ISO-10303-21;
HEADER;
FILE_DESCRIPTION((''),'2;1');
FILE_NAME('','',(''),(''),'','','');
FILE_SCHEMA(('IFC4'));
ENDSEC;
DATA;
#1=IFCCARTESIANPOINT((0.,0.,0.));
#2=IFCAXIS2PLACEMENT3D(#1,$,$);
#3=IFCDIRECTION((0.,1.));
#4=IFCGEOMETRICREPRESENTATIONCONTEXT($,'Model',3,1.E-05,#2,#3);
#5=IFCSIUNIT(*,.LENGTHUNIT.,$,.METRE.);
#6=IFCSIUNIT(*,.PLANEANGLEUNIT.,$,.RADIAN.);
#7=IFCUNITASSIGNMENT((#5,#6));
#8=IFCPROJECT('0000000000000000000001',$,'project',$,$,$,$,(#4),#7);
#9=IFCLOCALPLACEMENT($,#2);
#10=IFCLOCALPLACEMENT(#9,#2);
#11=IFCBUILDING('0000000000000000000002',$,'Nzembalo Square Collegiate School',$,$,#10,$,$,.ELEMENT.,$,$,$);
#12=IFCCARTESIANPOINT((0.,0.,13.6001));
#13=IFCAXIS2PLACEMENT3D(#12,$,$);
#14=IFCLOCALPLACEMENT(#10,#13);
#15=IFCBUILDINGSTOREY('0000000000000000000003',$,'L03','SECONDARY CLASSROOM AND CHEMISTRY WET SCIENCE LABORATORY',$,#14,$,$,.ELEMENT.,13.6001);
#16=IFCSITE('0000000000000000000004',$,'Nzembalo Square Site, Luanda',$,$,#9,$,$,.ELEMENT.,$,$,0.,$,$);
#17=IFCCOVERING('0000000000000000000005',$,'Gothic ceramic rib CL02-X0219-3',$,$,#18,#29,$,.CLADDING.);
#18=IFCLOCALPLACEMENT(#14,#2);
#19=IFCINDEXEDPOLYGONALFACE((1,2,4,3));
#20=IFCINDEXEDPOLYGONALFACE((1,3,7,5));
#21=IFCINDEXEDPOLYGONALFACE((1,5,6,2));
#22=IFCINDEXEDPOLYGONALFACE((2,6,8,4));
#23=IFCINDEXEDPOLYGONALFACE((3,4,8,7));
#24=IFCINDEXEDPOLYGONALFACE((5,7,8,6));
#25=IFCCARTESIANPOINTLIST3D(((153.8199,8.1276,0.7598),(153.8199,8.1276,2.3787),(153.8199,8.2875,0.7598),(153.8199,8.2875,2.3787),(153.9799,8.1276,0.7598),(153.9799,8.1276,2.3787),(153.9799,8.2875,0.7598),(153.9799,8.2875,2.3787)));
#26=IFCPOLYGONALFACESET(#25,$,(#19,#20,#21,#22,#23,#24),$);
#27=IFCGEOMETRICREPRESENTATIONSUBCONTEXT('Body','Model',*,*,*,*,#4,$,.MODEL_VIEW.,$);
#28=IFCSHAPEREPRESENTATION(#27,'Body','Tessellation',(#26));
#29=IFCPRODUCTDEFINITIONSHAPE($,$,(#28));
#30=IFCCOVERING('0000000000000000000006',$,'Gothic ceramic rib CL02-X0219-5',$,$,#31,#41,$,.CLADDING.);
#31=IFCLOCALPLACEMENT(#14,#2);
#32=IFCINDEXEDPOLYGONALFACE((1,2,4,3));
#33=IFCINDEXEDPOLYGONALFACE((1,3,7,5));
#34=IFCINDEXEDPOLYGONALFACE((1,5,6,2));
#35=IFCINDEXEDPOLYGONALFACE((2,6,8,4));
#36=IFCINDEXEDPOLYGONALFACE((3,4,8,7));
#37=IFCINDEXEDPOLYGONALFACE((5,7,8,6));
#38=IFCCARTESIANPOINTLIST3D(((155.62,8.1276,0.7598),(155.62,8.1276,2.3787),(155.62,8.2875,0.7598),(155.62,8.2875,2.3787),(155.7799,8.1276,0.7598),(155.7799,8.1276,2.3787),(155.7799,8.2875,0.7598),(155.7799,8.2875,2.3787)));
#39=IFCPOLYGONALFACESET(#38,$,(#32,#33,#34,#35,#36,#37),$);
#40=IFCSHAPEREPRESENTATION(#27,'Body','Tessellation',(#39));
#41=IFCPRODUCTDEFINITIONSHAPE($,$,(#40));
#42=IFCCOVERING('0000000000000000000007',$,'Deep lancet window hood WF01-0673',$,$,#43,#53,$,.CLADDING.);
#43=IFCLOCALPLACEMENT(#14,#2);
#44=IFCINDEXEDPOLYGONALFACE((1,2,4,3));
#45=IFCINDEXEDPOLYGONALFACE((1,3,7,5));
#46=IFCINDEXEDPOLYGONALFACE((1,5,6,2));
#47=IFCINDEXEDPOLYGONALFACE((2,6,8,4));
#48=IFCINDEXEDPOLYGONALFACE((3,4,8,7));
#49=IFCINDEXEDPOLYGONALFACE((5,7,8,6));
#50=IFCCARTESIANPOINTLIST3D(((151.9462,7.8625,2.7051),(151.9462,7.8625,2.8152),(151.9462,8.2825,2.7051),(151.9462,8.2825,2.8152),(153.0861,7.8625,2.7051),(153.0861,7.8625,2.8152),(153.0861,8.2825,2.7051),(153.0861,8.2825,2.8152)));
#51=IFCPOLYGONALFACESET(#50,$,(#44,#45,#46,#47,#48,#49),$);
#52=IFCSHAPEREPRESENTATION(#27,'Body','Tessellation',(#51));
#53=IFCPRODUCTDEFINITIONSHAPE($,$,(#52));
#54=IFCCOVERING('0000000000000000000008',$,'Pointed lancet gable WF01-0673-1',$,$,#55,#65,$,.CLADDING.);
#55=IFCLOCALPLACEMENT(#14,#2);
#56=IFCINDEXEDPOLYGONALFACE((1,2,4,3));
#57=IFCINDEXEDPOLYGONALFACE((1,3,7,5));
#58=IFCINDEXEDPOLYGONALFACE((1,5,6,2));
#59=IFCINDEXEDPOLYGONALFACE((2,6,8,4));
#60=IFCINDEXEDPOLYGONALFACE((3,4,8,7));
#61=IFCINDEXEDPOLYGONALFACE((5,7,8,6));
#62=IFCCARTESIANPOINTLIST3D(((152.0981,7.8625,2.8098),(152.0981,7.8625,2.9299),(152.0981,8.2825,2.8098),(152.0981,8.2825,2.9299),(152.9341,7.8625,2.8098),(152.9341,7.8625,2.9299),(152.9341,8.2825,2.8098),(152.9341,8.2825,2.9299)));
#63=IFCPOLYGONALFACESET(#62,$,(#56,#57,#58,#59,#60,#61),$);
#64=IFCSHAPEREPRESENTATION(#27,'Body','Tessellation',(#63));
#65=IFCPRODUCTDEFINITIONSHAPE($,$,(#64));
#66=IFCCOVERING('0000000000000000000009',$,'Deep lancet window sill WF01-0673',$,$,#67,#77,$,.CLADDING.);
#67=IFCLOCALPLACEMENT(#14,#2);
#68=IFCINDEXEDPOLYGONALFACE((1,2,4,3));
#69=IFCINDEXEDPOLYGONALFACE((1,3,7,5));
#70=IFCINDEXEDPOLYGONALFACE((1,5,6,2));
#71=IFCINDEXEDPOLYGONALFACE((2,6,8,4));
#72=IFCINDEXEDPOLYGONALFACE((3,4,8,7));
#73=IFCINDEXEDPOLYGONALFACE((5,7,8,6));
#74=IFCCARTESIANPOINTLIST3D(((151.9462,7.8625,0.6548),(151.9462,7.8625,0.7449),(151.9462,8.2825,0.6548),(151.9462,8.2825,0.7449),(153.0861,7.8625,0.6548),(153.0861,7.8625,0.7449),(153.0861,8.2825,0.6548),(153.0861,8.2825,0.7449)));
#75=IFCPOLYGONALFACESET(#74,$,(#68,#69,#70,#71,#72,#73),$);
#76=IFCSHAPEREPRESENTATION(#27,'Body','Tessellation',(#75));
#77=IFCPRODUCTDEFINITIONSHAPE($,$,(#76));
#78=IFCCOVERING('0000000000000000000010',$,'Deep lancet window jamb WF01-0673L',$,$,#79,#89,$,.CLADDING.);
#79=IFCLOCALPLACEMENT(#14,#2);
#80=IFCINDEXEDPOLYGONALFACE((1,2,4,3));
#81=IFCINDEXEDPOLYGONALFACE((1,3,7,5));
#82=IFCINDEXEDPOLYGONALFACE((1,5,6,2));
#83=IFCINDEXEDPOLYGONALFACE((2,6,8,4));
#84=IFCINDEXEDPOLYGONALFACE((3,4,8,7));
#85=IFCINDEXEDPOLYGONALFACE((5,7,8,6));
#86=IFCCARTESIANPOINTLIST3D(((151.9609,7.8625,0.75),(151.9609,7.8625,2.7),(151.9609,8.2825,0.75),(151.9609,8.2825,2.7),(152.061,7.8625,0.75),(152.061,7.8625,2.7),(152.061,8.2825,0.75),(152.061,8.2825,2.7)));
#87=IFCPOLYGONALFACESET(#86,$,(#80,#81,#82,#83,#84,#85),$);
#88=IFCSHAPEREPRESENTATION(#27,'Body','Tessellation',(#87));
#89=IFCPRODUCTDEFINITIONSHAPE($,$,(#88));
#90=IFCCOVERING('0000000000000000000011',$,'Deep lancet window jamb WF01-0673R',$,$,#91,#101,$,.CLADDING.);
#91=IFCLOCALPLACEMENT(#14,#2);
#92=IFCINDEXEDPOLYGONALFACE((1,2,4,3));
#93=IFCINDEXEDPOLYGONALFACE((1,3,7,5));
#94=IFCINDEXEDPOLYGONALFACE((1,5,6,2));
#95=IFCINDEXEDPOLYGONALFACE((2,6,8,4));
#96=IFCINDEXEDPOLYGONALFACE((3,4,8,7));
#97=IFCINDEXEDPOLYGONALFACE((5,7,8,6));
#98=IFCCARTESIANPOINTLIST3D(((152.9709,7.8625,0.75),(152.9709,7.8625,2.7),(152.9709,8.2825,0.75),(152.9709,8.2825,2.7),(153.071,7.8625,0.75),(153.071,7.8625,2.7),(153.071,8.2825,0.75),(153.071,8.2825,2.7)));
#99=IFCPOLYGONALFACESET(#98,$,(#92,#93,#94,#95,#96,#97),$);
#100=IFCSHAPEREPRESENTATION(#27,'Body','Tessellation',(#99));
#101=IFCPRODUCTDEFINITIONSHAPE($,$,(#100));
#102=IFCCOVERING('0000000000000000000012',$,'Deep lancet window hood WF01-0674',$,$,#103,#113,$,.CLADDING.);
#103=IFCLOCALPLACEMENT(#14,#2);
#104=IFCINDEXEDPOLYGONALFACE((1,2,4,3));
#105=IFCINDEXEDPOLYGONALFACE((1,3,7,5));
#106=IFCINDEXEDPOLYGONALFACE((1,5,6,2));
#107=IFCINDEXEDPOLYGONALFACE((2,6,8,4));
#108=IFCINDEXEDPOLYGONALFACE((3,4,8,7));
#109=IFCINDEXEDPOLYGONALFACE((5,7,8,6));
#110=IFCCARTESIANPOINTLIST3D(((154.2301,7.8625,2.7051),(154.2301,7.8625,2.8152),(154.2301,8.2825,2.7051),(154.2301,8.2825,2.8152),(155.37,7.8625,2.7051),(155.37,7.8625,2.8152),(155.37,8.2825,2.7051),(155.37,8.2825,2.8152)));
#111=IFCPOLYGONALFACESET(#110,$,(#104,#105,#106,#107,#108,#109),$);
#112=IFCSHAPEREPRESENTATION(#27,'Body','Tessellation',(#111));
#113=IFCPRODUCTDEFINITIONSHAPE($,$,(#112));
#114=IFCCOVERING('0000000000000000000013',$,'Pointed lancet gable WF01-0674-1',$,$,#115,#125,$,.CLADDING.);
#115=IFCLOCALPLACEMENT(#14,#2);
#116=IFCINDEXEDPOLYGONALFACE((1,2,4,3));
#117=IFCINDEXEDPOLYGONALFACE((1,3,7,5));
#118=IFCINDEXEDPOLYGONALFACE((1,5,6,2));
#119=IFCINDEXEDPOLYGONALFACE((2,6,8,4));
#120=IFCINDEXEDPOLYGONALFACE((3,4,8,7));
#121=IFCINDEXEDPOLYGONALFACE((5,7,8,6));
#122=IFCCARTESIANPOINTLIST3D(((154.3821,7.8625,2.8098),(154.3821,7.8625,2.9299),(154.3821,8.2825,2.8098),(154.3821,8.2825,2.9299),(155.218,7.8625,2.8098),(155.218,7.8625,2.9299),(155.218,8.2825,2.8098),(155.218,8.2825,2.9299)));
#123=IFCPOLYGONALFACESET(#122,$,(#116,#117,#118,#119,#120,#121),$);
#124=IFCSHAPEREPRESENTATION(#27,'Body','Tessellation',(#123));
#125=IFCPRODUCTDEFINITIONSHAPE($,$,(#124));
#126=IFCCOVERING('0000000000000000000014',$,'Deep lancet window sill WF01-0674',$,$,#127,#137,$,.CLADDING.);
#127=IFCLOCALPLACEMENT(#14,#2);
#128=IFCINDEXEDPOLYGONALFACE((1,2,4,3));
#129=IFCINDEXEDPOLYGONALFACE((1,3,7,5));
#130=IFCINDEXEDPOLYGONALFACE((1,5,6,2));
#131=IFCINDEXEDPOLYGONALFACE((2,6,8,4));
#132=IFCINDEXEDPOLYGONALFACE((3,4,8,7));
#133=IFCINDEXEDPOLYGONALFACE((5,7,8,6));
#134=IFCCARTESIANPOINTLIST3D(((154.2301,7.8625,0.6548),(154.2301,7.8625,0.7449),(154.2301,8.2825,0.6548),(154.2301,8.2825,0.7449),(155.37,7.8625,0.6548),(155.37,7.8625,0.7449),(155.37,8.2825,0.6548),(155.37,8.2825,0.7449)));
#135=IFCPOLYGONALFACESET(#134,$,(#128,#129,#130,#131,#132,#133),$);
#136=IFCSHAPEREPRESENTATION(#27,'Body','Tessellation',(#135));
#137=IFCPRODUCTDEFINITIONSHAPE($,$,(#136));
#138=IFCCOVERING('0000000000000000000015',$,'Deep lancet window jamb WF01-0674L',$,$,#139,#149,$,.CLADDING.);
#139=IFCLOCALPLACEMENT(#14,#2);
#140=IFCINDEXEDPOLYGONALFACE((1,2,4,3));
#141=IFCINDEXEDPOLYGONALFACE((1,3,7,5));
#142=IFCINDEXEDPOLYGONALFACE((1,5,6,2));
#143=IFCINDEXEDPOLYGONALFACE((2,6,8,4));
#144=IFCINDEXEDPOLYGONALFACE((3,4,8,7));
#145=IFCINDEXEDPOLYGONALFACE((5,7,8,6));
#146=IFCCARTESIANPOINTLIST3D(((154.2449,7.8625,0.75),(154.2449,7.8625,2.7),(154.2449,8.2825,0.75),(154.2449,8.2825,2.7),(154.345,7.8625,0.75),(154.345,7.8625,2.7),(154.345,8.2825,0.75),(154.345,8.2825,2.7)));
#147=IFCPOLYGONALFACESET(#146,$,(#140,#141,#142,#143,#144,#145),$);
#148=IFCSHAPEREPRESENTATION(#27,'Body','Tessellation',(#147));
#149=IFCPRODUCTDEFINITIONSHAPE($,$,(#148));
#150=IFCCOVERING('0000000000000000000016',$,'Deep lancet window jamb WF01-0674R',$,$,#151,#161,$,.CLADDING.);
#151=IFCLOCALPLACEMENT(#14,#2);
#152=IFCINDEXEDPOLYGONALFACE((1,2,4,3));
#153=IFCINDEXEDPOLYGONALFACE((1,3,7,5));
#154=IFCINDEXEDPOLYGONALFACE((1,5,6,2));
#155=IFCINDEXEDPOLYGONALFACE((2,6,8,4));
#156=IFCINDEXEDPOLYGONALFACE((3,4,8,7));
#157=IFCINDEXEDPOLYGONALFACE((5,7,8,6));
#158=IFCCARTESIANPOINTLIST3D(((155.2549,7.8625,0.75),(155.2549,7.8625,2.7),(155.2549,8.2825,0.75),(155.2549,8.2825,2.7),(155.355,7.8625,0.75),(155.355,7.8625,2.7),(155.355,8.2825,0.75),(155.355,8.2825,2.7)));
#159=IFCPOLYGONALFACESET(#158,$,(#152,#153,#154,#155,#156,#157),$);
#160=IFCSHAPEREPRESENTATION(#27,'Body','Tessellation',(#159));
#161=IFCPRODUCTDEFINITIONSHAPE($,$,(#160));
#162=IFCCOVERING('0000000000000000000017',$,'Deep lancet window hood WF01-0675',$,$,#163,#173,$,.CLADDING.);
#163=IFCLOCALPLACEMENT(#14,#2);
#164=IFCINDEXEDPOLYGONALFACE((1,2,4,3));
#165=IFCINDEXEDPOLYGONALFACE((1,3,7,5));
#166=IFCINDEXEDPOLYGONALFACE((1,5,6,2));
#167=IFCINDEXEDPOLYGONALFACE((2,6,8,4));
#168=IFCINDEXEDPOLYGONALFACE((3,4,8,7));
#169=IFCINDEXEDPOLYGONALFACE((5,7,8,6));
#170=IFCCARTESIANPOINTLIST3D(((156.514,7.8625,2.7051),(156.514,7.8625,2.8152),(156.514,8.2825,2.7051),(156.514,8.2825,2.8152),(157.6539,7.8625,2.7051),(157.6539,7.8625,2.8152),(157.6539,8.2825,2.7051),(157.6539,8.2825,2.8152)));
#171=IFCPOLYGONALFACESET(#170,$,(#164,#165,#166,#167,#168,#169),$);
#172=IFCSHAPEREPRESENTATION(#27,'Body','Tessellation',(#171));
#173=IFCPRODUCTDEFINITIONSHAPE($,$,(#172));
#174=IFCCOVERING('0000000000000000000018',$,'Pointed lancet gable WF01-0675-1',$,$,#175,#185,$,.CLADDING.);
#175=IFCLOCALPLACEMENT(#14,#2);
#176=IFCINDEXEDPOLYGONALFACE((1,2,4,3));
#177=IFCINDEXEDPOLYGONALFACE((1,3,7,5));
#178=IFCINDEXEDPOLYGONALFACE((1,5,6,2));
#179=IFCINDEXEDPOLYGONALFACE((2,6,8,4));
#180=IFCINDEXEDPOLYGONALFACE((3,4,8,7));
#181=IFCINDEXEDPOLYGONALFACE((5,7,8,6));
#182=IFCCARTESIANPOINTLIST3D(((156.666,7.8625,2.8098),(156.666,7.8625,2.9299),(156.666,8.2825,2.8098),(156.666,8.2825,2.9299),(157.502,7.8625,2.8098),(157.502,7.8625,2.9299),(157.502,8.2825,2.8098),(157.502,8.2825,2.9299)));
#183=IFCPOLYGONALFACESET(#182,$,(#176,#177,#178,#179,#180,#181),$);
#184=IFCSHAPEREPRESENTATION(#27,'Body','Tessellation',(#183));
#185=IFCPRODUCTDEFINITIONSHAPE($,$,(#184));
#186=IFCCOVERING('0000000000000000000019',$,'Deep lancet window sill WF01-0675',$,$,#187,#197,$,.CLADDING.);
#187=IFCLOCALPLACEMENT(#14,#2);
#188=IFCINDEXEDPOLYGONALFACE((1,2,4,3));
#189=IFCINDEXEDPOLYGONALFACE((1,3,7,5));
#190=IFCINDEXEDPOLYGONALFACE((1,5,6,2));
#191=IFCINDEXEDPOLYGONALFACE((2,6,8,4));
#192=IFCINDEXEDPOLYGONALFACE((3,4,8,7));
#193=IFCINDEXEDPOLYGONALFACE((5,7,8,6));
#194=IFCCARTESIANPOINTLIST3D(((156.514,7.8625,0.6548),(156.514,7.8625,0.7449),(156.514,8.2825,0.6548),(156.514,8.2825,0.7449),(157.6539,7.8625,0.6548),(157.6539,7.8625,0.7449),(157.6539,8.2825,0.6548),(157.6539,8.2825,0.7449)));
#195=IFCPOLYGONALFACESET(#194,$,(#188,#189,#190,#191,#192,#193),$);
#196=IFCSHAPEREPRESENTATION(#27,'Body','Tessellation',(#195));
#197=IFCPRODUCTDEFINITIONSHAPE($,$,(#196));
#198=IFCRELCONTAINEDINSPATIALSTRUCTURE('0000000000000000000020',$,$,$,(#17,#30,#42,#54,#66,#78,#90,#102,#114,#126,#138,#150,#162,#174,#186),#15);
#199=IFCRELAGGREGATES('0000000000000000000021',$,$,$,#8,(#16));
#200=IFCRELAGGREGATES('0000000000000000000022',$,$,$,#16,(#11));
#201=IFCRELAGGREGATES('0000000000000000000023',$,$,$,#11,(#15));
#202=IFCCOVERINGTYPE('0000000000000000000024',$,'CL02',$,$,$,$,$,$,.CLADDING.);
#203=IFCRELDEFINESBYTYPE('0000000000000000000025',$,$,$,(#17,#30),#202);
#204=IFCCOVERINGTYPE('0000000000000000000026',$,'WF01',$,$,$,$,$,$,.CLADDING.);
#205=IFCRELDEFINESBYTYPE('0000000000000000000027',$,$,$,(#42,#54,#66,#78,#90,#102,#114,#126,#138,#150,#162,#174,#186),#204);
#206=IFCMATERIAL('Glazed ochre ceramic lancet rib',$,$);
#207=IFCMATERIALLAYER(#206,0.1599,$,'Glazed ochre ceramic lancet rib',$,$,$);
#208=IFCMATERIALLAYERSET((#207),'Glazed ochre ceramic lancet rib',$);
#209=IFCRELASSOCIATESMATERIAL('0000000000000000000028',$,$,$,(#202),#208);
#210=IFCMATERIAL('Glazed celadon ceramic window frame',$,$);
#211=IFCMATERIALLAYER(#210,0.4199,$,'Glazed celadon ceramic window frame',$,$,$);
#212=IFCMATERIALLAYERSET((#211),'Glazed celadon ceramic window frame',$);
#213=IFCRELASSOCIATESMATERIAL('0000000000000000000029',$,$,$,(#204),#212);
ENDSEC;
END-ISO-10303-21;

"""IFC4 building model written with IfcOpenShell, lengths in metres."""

from ifc_helpers import new_model, si_unit, direction, frame, origin, origin_2d, place, context, subcontext, project, spatial, rectangle, extrude, material, layer, layer_set, type_object, element, save


model = new_model("IFC4")

# Units and contexts
model_context = context("Model", 3, precision=1e-05, world=origin(), true_north=direction((0.0, 1.0)))
body_context = subcontext(model_context, "Body", "Model", "MODEL_VIEW")
ifc_project = project(units=[si_unit("LENGTHUNIT", "METRE"), si_unit("PLANEANGLEUNIT", "RADIAN")], contexts=[model_context])

# Site, building, storey
site_placement = place(None, origin())
site = spatial("IfcSite", under=ifc_project, at=site_placement, Name="Nzembalo Square Site, Luanda", CompositionType="ELEMENT", RefElevation=0.0)
building_placement = place(site_placement, origin())
building = spatial("IfcBuilding", under=site, at=building_placement, Name="Nzembalo Square Collegiate School", CompositionType="ELEMENT")
storey_placement = place(building_placement, frame((0.0, 0.0, 13.6001)))
storey = spatial("IfcBuildingStorey", under=building, at=storey_placement, Name="L03", Description="SECONDARY CLASSROOM AND CHEMISTRY WET SCIENCE LABORATORY", CompositionType="ELEMENT", Elevation=13.6001)

# Coverings
ifc_material_1 = material(Name="Glazed ochre ceramic lancet rib")
ifc_layer_1 = layer(ifc_material_1, 0.1599, Name="Glazed ochre ceramic lancet rib")
ifc_layer_set_1 = layer_set([ifc_layer_1], Name="Glazed ochre ceramic lancet rib")
covering_type_1 = type_object("IfcCoveringType", Name="CL02", PredefinedType="CLADDING", material=ifc_layer_set_1)
for number, where, z_axis, x_axis, name in (
    (1, (153.8999, 8.2075, 0.7598), (0.0, 0.0, 1.0), (1.0, 0.0, 0.0), "Gothic ceramic rib CL02-X0219-3"),
    (2, (155.7, 8.2075, 0.7598), (0.0, 0.0, 1.0), (1.0, 0.0, 0.0), "Gothic ceramic rib CL02-X0219-5"),
):
    element("IfcCovering", number, at=place(storey_placement, frame(where, z_axis=z_axis, x_axis=x_axis)), inside=storey, type_object=covering_type_1, Name=name, PredefinedType="CLADDING", context=body_context, shape_type="SweptSolid", body=[
        extrude(rectangle(XDim=0.1599, YDim=0.1599, at=origin_2d()), origin(), (0.0, 0.0, 1.0), 1.6189),
    ])
ifc_material_2 = material(Name="Glazed celadon ceramic window frame")
ifc_layer_2 = layer(ifc_material_2, 0.4199, Name="Glazed celadon ceramic window frame")
ifc_layer_set_2 = layer_set([ifc_layer_2], Name="Glazed celadon ceramic window frame")
covering_type_2 = type_object("IfcCoveringType", Name="WF01", PredefinedType="CLADDING", material=ifc_layer_set_2)
covering_1_placement = place(storey_placement, frame((152.5161, 8.0725, 2.7051), z_axis=(0.0, 0.0, 1.0), x_axis=(1.0, 0.0, 0.0)))
element("IfcCovering", 3, at=covering_1_placement, inside=storey, type_object=covering_type_2, Name="Deep lancet window hood WF01-0673", PredefinedType="CLADDING", context=body_context, shape_type="SweptSolid", body=[
    extrude(rectangle(XDim=1.1399, YDim=0.4199, at=origin_2d()), origin(), (0.0, 0.0, 1.0), 0.1101),
])
covering_2_placement = place(storey_placement, frame((152.5161, 8.0725, 2.8098), z_axis=(0.0, 0.0, 1.0), x_axis=(1.0, 0.0, 0.0)))
element("IfcCovering", 4, at=covering_2_placement, inside=storey, type_object=covering_type_2, Name="Pointed lancet gable WF01-0673-1", PredefinedType="CLADDING", context=body_context, shape_type="SweptSolid", body=[
    extrude(rectangle(XDim=0.8359, YDim=0.4199, at=origin_2d()), origin(), (0.0, 0.0, 1.0), 0.1201),
])
covering_3_placement = place(storey_placement, frame((152.5161, 8.0725, 0.6548), z_axis=(0.0, 0.0, 1.0), x_axis=(1.0, 0.0, 0.0)))
element("IfcCovering", 5, at=covering_3_placement, inside=storey, type_object=covering_type_2, Name="Deep lancet window sill WF01-0673", PredefinedType="CLADDING", context=body_context, shape_type="SweptSolid", body=[
    extrude(rectangle(XDim=1.1399, YDim=0.4199, at=origin_2d()), origin(), (0.0, 0.0, 1.0), 0.0901),
])
for number, where, z_axis, x_axis, name in (
    (6, (152.011, 8.0725, 0.75), (0.0, 0.0, 1.0), (1.0, 0.0, 0.0), "Deep lancet window jamb WF01-0673L"),
    (7, (153.021, 8.0725, 0.75), (0.0, 0.0, 1.0), (1.0, 0.0, 0.0), "Deep lancet window jamb WF01-0673R"),
):
    element("IfcCovering", number, at=place(storey_placement, frame(where, z_axis=z_axis, x_axis=x_axis)), inside=storey, type_object=covering_type_2, Name=name, PredefinedType="CLADDING", context=body_context, shape_type="SweptSolid", body=[
        extrude(rectangle(XDim=0.1001, YDim=0.4199, at=origin_2d()), origin(), (0.0, 0.0, 1.0), 1.95),
    ])
covering_4_placement = place(storey_placement, frame((154.8, 8.0725, 2.7051), z_axis=(0.0, 0.0, 1.0), x_axis=(1.0, 0.0, 0.0)))
element("IfcCovering", 8, at=covering_4_placement, inside=storey, type_object=covering_type_2, Name="Deep lancet window hood WF01-0674", PredefinedType="CLADDING", context=body_context, shape_type="SweptSolid", body=[
    extrude(rectangle(XDim=1.1399, YDim=0.4199, at=origin_2d()), origin(), (0.0, 0.0, 1.0), 0.1101),
])
covering_5_placement = place(storey_placement, frame((154.8, 8.0725, 2.8098), z_axis=(0.0, 0.0, 1.0), x_axis=(1.0, 0.0, 0.0)))
element("IfcCovering", 9, at=covering_5_placement, inside=storey, type_object=covering_type_2, Name="Pointed lancet gable WF01-0674-1", PredefinedType="CLADDING", context=body_context, shape_type="SweptSolid", body=[
    extrude(rectangle(XDim=0.8359, YDim=0.4199, at=origin_2d()), origin(), (0.0, 0.0, 1.0), 0.1201),
])
covering_6_placement = place(storey_placement, frame((154.8, 8.0725, 0.6548), z_axis=(0.0, 0.0, 1.0), x_axis=(1.0, 0.0, 0.0)))
element("IfcCovering", 10, at=covering_6_placement, inside=storey, type_object=covering_type_2, Name="Deep lancet window sill WF01-0674", PredefinedType="CLADDING", context=body_context, shape_type="SweptSolid", body=[
    extrude(rectangle(XDim=1.1399, YDim=0.4199, at=origin_2d()), origin(), (0.0, 0.0, 1.0), 0.0901),
])
for number, where, z_axis, x_axis, name in (
    (11, (154.2949, 8.0725, 0.75), (0.0, 0.0, 1.0), (1.0, 0.0, 0.0), "Deep lancet window jamb WF01-0674L"),
    (12, (155.3049, 8.0725, 0.75), (0.0, 0.0, 1.0), (1.0, 0.0, 0.0), "Deep lancet window jamb WF01-0674R"),
):
    element("IfcCovering", number, at=place(storey_placement, frame(where, z_axis=z_axis, x_axis=x_axis)), inside=storey, type_object=covering_type_2, Name=name, PredefinedType="CLADDING", context=body_context, shape_type="SweptSolid", body=[
        extrude(rectangle(XDim=0.1001, YDim=0.4199, at=origin_2d()), origin(), (0.0, 0.0, 1.0), 1.95),
    ])
covering_7_placement = place(storey_placement, frame((157.084, 8.0725, 2.7051), z_axis=(0.0, 0.0, 1.0), x_axis=(1.0, 0.0, 0.0)))
element("IfcCovering", 13, at=covering_7_placement, inside=storey, type_object=covering_type_2, Name="Deep lancet window hood WF01-0675", PredefinedType="CLADDING", context=body_context, shape_type="SweptSolid", body=[
    extrude(rectangle(XDim=1.1399, YDim=0.4199, at=origin_2d()), origin(), (0.0, 0.0, 1.0), 0.1101),
])
covering_8_placement = place(storey_placement, frame((157.084, 8.0725, 2.8098), z_axis=(0.0, 0.0, 1.0), x_axis=(1.0, 0.0, 0.0)))
element("IfcCovering", 14, at=covering_8_placement, inside=storey, type_object=covering_type_2, Name="Pointed lancet gable WF01-0675-1", PredefinedType="CLADDING", context=body_context, shape_type="SweptSolid", body=[
    extrude(rectangle(XDim=0.8359, YDim=0.4199, at=origin_2d()), origin(), (0.0, 0.0, 1.0), 0.1201),
])
covering_9_placement = place(storey_placement, frame((157.084, 8.0725, 0.6548), z_axis=(0.0, 0.0, 1.0), x_axis=(1.0, 0.0, 0.0)))
element("IfcCovering", 15, at=covering_9_placement, inside=storey, type_object=covering_type_2, Name="Deep lancet window sill WF01-0675", PredefinedType="CLADDING", context=body_context, shape_type="SweptSolid", body=[
    extrude(rectangle(XDim=1.1399, YDim=0.4199, at=origin_2d()), origin(), (0.0, 0.0, 1.0), 0.0901),
])

save(model, "model.ifc")
